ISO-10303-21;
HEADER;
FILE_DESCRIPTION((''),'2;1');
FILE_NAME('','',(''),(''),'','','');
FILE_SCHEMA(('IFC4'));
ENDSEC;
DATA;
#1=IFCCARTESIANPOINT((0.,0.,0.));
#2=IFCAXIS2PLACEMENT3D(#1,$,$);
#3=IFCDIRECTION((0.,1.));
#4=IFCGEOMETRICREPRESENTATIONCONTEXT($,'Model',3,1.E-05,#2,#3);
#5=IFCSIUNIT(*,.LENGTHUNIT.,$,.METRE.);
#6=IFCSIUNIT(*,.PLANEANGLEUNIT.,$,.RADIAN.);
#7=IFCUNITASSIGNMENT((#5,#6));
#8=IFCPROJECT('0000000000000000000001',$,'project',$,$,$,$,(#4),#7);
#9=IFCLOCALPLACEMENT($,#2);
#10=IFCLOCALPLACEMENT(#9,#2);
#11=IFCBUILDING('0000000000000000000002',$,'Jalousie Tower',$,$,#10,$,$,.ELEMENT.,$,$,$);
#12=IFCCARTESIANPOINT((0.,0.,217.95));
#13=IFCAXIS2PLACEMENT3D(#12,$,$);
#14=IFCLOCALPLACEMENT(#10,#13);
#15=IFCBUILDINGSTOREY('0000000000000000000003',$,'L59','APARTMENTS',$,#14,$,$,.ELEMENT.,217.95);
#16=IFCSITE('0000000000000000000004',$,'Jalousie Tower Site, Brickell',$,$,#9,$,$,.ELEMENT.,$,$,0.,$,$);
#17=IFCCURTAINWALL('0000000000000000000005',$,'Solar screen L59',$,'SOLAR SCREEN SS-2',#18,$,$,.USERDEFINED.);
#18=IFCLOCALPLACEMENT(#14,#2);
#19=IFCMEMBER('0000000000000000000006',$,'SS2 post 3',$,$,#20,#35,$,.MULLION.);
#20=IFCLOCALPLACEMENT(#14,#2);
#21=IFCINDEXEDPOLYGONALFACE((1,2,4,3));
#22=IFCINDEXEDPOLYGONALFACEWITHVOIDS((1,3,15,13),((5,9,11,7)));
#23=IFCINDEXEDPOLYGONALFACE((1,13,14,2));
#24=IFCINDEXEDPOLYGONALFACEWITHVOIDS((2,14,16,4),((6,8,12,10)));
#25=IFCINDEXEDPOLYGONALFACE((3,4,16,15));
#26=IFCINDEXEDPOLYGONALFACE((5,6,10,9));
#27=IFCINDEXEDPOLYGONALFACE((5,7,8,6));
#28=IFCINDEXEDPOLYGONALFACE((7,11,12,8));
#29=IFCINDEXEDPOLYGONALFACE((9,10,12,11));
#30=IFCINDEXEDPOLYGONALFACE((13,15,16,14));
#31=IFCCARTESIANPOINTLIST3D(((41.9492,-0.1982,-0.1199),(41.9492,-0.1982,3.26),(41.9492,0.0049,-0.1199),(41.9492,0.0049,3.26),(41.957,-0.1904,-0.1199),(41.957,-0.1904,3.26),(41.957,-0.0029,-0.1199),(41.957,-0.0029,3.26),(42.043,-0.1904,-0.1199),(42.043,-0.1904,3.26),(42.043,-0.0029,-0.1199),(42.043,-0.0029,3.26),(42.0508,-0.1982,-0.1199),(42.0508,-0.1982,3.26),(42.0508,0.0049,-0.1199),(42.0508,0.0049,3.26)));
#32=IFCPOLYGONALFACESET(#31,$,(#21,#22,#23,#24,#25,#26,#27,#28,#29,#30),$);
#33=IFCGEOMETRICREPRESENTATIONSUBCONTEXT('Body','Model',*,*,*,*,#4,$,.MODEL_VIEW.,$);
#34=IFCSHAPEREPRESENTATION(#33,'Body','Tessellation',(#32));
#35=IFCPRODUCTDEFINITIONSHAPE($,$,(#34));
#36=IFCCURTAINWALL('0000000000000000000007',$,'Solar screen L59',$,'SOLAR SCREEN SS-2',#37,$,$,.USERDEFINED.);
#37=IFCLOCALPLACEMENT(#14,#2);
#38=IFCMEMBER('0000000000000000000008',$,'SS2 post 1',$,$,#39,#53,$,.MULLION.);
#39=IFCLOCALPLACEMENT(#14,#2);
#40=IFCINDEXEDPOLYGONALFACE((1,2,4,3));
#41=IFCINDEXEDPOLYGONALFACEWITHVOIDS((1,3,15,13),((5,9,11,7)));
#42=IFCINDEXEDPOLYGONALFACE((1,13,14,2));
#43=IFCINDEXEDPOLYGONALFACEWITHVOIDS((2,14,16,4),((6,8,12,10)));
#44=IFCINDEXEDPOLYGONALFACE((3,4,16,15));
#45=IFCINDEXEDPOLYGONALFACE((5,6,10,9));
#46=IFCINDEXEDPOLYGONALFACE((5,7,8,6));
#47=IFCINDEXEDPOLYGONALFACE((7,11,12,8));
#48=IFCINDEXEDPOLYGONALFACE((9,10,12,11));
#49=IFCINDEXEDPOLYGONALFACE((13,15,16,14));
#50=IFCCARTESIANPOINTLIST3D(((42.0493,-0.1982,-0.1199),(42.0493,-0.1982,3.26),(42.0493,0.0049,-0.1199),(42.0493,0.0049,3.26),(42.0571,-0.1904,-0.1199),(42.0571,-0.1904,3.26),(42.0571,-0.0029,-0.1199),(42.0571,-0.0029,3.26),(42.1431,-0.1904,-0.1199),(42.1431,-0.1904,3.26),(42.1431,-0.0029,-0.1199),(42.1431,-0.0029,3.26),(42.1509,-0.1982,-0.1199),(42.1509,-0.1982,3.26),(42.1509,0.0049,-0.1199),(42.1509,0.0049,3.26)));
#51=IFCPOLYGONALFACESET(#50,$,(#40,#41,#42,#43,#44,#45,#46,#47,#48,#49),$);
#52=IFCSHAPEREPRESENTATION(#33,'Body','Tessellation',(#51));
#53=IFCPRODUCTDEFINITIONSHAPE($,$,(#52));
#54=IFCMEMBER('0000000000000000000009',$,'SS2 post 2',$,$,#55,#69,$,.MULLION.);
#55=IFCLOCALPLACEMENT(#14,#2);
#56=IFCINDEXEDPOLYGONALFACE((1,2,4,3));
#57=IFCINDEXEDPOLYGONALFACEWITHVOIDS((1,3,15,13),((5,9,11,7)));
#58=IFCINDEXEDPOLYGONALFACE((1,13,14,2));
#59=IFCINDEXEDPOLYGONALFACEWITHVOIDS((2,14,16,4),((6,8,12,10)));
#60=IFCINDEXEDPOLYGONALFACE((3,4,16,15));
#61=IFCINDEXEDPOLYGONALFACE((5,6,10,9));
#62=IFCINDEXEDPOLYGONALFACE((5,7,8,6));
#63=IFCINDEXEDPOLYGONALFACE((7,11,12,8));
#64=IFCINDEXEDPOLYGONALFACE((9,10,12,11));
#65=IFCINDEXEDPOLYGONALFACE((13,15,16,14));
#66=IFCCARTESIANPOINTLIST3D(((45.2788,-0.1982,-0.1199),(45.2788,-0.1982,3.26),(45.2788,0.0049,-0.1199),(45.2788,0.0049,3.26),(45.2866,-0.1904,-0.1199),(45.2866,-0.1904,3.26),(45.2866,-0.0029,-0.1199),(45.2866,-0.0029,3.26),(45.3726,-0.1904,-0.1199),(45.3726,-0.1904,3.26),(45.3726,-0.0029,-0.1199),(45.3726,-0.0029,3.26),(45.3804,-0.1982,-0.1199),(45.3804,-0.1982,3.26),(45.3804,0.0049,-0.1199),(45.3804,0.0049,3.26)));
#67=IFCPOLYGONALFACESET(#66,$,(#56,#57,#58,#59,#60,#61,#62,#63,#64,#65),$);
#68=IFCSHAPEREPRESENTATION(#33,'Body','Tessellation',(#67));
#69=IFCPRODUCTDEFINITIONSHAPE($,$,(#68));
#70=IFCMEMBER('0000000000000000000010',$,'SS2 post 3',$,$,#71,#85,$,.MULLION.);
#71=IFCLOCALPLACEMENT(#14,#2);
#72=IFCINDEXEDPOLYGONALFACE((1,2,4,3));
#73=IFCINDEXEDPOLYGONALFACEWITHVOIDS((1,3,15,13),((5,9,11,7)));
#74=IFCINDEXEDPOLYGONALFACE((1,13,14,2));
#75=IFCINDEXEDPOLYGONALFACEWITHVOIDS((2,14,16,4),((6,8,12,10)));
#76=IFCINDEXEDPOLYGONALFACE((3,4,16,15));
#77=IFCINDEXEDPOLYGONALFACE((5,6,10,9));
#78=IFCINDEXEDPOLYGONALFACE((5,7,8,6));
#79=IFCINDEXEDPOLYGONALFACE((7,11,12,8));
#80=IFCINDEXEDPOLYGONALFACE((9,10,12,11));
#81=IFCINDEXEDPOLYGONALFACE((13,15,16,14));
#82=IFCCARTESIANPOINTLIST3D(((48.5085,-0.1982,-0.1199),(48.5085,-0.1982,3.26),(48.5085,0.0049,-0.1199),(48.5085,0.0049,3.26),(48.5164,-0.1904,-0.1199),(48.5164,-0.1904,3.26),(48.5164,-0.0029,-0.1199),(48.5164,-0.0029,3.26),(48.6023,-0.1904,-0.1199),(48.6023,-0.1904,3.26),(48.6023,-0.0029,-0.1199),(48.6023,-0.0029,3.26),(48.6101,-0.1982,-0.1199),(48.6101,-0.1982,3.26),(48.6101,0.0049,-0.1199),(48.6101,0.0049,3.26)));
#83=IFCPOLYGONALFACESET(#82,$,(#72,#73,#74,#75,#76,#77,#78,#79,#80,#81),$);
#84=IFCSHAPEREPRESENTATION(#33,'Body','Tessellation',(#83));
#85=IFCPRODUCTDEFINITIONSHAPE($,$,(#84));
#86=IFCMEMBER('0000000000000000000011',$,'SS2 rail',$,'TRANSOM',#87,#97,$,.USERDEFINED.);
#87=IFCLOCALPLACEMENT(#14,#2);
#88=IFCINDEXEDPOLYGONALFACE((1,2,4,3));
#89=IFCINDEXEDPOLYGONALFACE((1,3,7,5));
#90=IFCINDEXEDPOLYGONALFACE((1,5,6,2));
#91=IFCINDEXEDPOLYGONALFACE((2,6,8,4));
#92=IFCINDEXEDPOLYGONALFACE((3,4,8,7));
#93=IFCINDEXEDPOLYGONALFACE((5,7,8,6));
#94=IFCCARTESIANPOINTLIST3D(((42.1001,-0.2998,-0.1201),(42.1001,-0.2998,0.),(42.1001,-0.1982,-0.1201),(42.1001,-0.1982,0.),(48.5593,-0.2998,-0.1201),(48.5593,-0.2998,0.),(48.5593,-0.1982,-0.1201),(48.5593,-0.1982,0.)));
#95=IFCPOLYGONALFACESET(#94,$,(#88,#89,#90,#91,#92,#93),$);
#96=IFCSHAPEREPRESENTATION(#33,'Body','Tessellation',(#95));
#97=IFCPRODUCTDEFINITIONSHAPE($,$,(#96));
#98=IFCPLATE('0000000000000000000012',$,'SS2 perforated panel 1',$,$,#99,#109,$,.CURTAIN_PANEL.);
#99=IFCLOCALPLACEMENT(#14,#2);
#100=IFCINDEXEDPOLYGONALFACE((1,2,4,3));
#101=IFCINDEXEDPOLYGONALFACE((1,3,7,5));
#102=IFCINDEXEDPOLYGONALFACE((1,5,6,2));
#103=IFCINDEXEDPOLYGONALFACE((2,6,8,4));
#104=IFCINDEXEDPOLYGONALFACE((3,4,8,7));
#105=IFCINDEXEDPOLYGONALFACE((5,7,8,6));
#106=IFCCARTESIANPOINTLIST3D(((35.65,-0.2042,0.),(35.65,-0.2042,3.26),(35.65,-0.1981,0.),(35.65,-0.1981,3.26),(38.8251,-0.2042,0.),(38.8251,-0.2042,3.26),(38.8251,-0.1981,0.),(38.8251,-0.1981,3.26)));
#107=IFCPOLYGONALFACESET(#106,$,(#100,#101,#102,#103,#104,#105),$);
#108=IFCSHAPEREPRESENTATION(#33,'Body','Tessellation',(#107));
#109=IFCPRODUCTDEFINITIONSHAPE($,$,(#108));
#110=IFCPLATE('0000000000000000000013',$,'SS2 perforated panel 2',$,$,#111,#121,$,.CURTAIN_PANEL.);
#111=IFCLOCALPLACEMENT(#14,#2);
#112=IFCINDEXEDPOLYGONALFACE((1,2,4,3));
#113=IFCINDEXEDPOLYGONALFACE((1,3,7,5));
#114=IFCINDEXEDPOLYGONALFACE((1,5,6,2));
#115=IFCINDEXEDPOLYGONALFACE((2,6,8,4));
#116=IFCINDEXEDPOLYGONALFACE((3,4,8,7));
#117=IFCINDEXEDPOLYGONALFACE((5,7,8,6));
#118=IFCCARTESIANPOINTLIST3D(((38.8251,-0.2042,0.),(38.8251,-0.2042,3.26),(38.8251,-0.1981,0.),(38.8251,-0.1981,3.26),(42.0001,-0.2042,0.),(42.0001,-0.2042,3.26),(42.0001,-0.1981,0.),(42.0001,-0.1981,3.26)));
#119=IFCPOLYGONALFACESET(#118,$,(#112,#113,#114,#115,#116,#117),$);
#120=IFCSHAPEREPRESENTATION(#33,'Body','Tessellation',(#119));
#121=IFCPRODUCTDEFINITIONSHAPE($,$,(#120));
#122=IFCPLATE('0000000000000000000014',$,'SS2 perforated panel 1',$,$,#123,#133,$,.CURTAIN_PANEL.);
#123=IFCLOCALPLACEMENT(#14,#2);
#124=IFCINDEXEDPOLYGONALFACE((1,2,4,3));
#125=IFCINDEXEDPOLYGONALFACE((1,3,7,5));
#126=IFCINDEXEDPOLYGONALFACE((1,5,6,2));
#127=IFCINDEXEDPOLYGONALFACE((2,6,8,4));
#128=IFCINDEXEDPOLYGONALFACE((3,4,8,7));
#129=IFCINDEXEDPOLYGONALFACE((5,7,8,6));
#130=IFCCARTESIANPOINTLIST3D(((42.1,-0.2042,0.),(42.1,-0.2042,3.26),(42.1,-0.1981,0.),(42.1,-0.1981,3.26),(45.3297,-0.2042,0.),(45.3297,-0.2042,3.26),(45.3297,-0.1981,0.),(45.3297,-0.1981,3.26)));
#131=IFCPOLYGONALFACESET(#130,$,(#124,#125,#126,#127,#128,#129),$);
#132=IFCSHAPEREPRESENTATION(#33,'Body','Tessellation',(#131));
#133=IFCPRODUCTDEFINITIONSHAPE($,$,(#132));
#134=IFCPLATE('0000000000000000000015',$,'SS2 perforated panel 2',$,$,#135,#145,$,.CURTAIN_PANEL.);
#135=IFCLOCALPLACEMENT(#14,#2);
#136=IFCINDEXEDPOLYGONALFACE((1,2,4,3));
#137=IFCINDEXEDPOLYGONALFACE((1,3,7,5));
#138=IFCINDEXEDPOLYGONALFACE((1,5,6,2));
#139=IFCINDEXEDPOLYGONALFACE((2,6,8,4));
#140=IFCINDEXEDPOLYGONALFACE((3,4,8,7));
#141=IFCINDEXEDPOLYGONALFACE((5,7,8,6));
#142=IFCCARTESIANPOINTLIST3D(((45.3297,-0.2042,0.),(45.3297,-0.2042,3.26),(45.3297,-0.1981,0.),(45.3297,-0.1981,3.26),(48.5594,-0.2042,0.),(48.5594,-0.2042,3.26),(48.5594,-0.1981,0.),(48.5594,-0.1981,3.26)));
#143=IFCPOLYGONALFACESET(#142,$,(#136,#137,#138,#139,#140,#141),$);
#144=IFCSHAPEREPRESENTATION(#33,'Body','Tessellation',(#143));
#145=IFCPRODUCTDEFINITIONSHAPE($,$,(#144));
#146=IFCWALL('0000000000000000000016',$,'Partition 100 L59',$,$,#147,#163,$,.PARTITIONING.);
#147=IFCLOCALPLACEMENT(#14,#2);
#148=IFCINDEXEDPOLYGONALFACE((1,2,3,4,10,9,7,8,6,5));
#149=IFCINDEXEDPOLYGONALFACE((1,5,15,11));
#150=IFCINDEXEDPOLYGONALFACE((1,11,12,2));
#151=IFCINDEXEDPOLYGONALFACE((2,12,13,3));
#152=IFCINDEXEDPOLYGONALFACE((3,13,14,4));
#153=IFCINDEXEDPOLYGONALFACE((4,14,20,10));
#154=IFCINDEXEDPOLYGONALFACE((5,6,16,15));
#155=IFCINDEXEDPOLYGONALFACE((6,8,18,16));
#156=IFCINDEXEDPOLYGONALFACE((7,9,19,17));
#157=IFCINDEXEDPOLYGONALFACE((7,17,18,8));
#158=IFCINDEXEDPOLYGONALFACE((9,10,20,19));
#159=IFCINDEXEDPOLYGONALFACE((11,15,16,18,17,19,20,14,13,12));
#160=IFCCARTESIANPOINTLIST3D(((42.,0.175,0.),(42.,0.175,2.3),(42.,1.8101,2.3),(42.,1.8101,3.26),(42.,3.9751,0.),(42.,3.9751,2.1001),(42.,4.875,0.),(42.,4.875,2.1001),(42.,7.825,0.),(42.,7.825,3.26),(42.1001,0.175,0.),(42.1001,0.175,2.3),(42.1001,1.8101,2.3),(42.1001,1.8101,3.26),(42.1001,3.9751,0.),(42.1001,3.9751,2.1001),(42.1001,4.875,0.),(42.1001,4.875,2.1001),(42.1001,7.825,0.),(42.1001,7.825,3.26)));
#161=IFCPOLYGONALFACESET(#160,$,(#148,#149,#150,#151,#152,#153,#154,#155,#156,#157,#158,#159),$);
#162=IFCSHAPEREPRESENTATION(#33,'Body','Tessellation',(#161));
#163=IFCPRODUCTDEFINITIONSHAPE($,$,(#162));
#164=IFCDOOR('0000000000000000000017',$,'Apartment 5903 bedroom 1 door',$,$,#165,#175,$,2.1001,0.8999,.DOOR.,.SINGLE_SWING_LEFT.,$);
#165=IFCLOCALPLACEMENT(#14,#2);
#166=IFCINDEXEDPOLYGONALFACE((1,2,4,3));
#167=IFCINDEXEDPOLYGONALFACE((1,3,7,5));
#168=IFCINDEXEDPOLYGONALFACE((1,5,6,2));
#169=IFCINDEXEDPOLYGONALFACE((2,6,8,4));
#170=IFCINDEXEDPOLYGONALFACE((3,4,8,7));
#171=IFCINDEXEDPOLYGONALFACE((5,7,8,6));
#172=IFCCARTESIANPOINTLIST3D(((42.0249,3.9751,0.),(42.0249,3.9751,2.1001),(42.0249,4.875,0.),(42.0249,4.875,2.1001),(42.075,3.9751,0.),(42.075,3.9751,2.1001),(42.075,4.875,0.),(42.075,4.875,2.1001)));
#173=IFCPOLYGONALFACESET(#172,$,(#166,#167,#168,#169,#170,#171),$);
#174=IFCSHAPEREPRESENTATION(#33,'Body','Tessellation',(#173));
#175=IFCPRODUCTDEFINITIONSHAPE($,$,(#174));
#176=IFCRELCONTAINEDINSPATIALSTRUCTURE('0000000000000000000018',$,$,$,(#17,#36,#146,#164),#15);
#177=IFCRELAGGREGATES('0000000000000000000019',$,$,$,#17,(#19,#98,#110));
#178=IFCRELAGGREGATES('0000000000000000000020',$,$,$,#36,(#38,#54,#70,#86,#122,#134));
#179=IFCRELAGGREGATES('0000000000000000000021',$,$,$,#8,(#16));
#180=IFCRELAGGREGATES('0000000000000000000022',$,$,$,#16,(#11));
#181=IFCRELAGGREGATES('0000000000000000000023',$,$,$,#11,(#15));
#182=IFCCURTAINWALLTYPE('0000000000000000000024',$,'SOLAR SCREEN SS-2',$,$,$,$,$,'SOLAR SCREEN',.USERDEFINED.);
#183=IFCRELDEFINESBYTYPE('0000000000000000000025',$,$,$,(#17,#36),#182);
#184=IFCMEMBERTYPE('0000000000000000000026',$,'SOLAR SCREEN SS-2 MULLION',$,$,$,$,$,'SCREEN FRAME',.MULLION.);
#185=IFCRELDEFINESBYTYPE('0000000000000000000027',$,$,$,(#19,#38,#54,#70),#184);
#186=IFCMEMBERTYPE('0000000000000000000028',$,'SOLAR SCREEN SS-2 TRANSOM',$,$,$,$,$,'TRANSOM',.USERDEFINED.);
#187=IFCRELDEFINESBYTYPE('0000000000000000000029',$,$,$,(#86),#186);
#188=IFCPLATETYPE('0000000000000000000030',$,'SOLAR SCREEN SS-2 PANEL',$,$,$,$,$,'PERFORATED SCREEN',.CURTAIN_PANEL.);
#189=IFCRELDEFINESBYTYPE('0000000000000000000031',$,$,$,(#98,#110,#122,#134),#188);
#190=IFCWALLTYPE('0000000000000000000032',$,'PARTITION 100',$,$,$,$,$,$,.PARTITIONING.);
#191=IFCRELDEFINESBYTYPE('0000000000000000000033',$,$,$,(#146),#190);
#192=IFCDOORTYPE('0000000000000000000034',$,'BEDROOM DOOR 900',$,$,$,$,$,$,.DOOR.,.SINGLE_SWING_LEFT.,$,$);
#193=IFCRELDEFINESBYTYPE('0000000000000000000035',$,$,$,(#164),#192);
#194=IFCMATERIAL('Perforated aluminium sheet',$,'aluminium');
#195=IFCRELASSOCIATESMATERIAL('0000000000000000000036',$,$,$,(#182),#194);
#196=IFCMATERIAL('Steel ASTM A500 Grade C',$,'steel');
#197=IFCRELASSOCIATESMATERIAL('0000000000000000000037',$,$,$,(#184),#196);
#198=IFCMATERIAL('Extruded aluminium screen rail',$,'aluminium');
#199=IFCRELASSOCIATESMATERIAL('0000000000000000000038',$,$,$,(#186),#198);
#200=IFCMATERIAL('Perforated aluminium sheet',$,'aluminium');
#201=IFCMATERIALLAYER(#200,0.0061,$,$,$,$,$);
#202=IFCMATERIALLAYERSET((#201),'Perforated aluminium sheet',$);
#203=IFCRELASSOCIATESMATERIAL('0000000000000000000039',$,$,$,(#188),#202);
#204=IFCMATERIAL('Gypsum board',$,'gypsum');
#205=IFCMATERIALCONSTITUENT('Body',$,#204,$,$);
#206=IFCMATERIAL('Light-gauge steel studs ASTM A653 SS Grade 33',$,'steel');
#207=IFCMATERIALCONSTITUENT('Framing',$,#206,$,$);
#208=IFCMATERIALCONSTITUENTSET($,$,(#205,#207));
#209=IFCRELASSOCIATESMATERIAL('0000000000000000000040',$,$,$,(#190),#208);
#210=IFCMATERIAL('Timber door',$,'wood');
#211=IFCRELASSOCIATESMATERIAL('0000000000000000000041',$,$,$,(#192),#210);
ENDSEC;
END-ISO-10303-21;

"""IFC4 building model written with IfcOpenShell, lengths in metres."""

from ifc_helpers import new_model, si_unit, direction, frame, frame_2d, origin, origin_2d, place, context, subcontext, project, spatial, polyline, rectangle, hollow_rectangle, outline, extrude, material, layer, layer_set, constituent, constituent_set, material_profile, profile_set, type_object, element, fill, aggregate, save


model = new_model("IFC4")

# Units and contexts
model_context = context("Model", 3, precision=1e-05, world=origin(), true_north=direction((0.0, 1.0)))
body_context = subcontext(model_context, "Body", "Model", "MODEL_VIEW")
ifc_project = project(units=[si_unit("LENGTHUNIT", "METRE"), si_unit("PLANEANGLEUNIT", "RADIAN")], contexts=[model_context])

# Site, building, storey
site_placement = place(None, origin())
site = spatial("IfcSite", under=ifc_project, at=site_placement, Name="Jalousie Tower Site, Brickell", CompositionType="ELEMENT", RefElevation=0.0)
building_placement = place(site_placement, origin())
building = spatial("IfcBuilding", under=site, at=building_placement, Name="Jalousie Tower", CompositionType="ELEMENT")
storey_placement = place(building_placement, frame((0.0, 0.0, 217.95)))
storey = spatial("IfcBuildingStorey", under=building, at=storey_placement, Name="L59", Description="APARTMENTS", CompositionType="ELEMENT", Elevation=217.95)

# Curtain walls, members
ifc_material_1 = material(Name="Perforated aluminium sheet", Category="aluminium")
curtain_wall_type = type_object("IfcCurtainWallType", Name="SOLAR SCREEN SS-2", ElementType="SOLAR SCREEN", PredefinedType="USERDEFINED", material=ifc_material_1)
curtain_wall_1_placement = place(storey_placement, origin())
curtain_wall_1 = element("IfcCurtainWall", 1, at=curtain_wall_1_placement, inside=storey, type_object=curtain_wall_type, Name="Solar screen L59", ObjectType="SOLAR SCREEN SS-2", PredefinedType="USERDEFINED")
ifc_material_2 = material(Name="Steel ASTM A500 Grade C", Category="steel")
ifc_material_profile_1 = material_profile(ifc_material_2, hollow_rectangle(XDim=0.1016, YDim=0.2031, WallThickness=0.0078, at=origin_2d()), Name="HSS8X4X5/16")
ifc_profile_set_1 = profile_set([ifc_material_profile_1], Name="Steel ASTM A500 Grade C")
member_type_1 = type_object("IfcMemberType", Name="SOLAR SCREEN SS-2 MULLION", ElementType="SCREEN FRAME", PredefinedType="MULLION", material=ifc_profile_set_1)
member_1_placement = place(storey_placement, frame((42.0, -0.0967, -0.1199), z_axis=(0.0, 0.0, 1.0), x_axis=(1.0, 0.0, 0.0)))
member_1 = element("IfcMember", 2, at=member_1_placement, type_object=member_type_1, Name="SS2 post 3", PredefinedType="MULLION", context=body_context, shape_type="SweptSolid", body=[
    extrude(hollow_rectangle(XDim=0.1016, YDim=0.2031, WallThickness=0.0078, at=origin_2d()), origin(), (0.0, 0.0, 1.0), 3.3799),
])
curtain_wall_2_placement = place(storey_placement, origin())
curtain_wall_2 = element("IfcCurtainWall", 3, at=curtain_wall_2_placement, inside=storey, type_object=curtain_wall_type, Name="Solar screen L59", ObjectType="SOLAR SCREEN SS-2", PredefinedType="USERDEFINED")
member_2_placement = place(storey_placement, frame((42.1001, -0.0967, -0.1199), z_axis=(0.0, 0.0, 1.0), x_axis=(1.0, 0.0, 0.0)))
member_2 = element("IfcMember", 4, at=member_2_placement, type_object=member_type_1, Name="SS2 post 1", PredefinedType="MULLION", context=body_context, shape_type="SweptSolid", body=[
    extrude(hollow_rectangle(XDim=0.1016, YDim=0.2031, WallThickness=0.0078, at=origin_2d()), origin(), (0.0, 0.0, 1.0), 3.3799),
])
member_3_placement = place(storey_placement, frame((45.3296, -0.0967, -0.1199), z_axis=(0.0, 0.0, 1.0), x_axis=(1.0, 0.0, 0.0)))
member_3 = element("IfcMember", 5, at=member_3_placement, type_object=member_type_1, Name="SS2 post 2", PredefinedType="MULLION", context=body_context, shape_type="SweptSolid", body=[
    extrude(hollow_rectangle(XDim=0.1016, YDim=0.2031, WallThickness=0.0078, at=origin_2d()), origin(), (0.0, 0.0, 1.0), 3.3799),
])
member_4_placement = place(storey_placement, frame((48.5593, -0.0967, -0.1199), z_axis=(0.0, 0.0, 1.0), x_axis=(1.0, 0.0, 0.0)))
member_4 = element("IfcMember", 6, at=member_4_placement, type_object=member_type_1, Name="SS2 post 3", PredefinedType="MULLION", context=body_context, shape_type="SweptSolid", body=[
    extrude(hollow_rectangle(XDim=0.1016, YDim=0.2031, WallThickness=0.0078, at=origin_2d()), origin(), (0.0, 0.0, 1.0), 3.3799),
])
ifc_material_3 = material(Name="Extruded aluminium screen rail", Category="aluminium")
ifc_material_profile_2 = material_profile(ifc_material_3, rectangle(XDim=0.1016, YDim=0.1201, at=origin_2d()), Name="RAIL 102x120")
ifc_profile_set_2 = profile_set([ifc_material_profile_2], Name="Extruded aluminium screen rail")
member_type_2 = type_object("IfcMemberType", Name="SOLAR SCREEN SS-2 TRANSOM", ElementType="TRANSOM", PredefinedType="USERDEFINED", material=ifc_profile_set_2)
member_5_placement = place(storey_placement, frame((42.1001, -0.249, -0.0601), z_axis=(1.0, 0.0, 0.0), x_axis=(0.0, 1.0, 0.0)))
member_5 = element("IfcMember", 7, at=member_5_placement, type_object=member_type_2, Name="SS2 rail", ObjectType="TRANSOM", PredefinedType="USERDEFINED", context=body_context, shape_type="SweptSolid", body=[
    extrude(rectangle(XDim=0.1016, YDim=0.1201, at=origin_2d()), origin(), (0.0, 0.0, 1.0), 6.4592),
])

# Plates
ifc_material_4 = material(Name="Perforated aluminium sheet", Category="aluminium")
ifc_layer = layer(ifc_material_4, 0.0061)
ifc_layer_set = layer_set([ifc_layer], Name="Perforated aluminium sheet")
plate_type = type_object("IfcPlateType", Name="SOLAR SCREEN SS-2 PANEL", ElementType="PERFORATED SCREEN", PredefinedType="CURTAIN_PANEL", material=ifc_layer_set)
plate_1_placement = place(storey_placement, frame((37.2375, -0.2012, 0.0), z_axis=(0.0, 0.0, 1.0), x_axis=(1.0, 0.0, 0.0)))
plate_1 = element("IfcPlate", 8, at=plate_1_placement, type_object=plate_type, Name="SS2 perforated panel 1", PredefinedType="CURTAIN_PANEL", context=body_context, shape_type="SweptSolid", body=[
    extrude(rectangle(XDim=3.175, YDim=0.0061, at=origin_2d()), origin(), (0.0, 0.0, 1.0), 3.26),
])
plate_2_placement = place(storey_placement, frame((40.4126, -0.2012, 0.0), z_axis=(0.0, 0.0, 1.0), x_axis=(1.0, 0.0, 0.0)))
plate_2 = element("IfcPlate", 9, at=plate_2_placement, type_object=plate_type, Name="SS2 perforated panel 2", PredefinedType="CURTAIN_PANEL", context=body_context, shape_type="SweptSolid", body=[
    extrude(rectangle(XDim=3.175, YDim=0.0061, at=origin_2d()), origin(), (0.0, 0.0, 1.0), 3.26),
])
aggregate(curtain_wall_1, [member_1, plate_1, plate_2])
plate_3_placement = place(storey_placement, frame((43.7148, -0.2012, 0.0), z_axis=(0.0, 0.0, 1.0), x_axis=(1.0, 0.0, 0.0)))
plate_3 = element("IfcPlate", 10, at=plate_3_placement, type_object=plate_type, Name="SS2 perforated panel 1", PredefinedType="CURTAIN_PANEL", context=body_context, shape_type="SweptSolid", body=[
    extrude(rectangle(XDim=3.2297, YDim=0.0061, at=origin_2d()), origin(), (0.0, 0.0, 1.0), 3.26),
])
plate_4_placement = place(storey_placement, frame((46.9446, -0.2012, 0.0), z_axis=(0.0, 0.0, 1.0), x_axis=(1.0, 0.0, 0.0)))
plate_4 = element("IfcPlate", 11, at=plate_4_placement, type_object=plate_type, Name="SS2 perforated panel 2", PredefinedType="CURTAIN_PANEL", context=body_context, shape_type="SweptSolid", body=[
    extrude(rectangle(XDim=3.2297, YDim=0.0061, at=origin_2d()), origin(), (0.0, 0.0, 1.0), 3.26),
])
aggregate(curtain_wall_2, [member_2, member_3, member_4, member_5, plate_3, plate_4])

# Wall, opening, door
ifc_material_5 = material(Name="Gypsum board", Category="gypsum")
ifc_constituent_1 = constituent(ifc_material_5, Name="Body")
ifc_material_6 = material(Name="Light-gauge steel studs ASTM A653 SS Grade 33", Category="steel")
ifc_constituent_2 = constituent(ifc_material_6, Name="Framing")
ifc_constituent_set_1 = constituent_set(constituents=[ifc_constituent_1, ifc_constituent_2])
wall_type_1 = type_object("IfcWallType", Name="PARTITION 100", PredefinedType="PARTITIONING", material=ifc_constituent_set_1)
wall_1_placement = place(storey_placement, frame((42.05, 0.175, 0.0), z_axis=(0.0, 0.0, 1.0), x_axis=(0.0, 1.0, 0.0)))
wall_1 = element("IfcWall", 12, at=wall_1_placement, inside=storey, type_object=wall_type_1, Name="Partition 100 L59", PredefinedType="PARTITIONING", context=body_context, shape_type="SweptSolid", body=[
    extrude(outline(polyline([(0.0, 0.0), (7.6499, 0.0), (7.6499, 3.26), (1.635, 3.26), (1.635, 2.3), (0.0, 2.3), (0.0, 3.26), (0.0, 0.0)])), frame((0.0, 0.05, 0.0), z_axis=(0.0, -1.0, 0.0), x_axis=(1.0, 0.0, 0.0)), (0.0, 0.0, 1.0), 0.1001),
])
opening_1_placement = place(wall_1_placement, frame((3.8, 0.0, 0.0)))
opening_1 = element("IfcOpeningElement", 13, at=opening_1_placement, cuts=wall_1, PredefinedType="OPENING", context=body_context, shape_type="SweptSolid", body=[
    extrude(rectangle(XDim=0.8999, YDim=2.1001, at=frame_2d((0.45, 1.05))), frame((0.0, 0.0601, 0.0), z_axis=(0.0, -1.0, 0.0), x_axis=(1.0, 0.0, 0.0)), (0.0, 0.0, 1.0), 0.1201),
])
ifc_material_7 = material(Name="Timber door", Category="wood")
door_type = type_object("IfcDoorType", Name="BEDROOM DOOR 900", OperationType="SINGLE_SWING_LEFT", PredefinedType="DOOR", material=ifc_material_7)
door_1_placement = place(opening_1_placement, frame((0.8999, 0.0, 0.0), z_axis=(0.0, 0.0, 1.0), x_axis=(-1.0, 0.0, 0.0)))
door_1 = element("IfcDoor", 14, at=door_1_placement, inside=storey, type_object=door_type, Name="Apartment 5903 bedroom 1 door", OperationType="SINGLE_SWING_LEFT", OverallHeight=2.1001, OverallWidth=0.8999, PredefinedType="DOOR", context=body_context, shape_type="SweptSolid", body=[
    extrude(rectangle(XDim=0.8999, YDim=2.1001, at=frame_2d((0.45, 1.05))), frame((0.0, 0.0249, 0.0), z_axis=(0.0, -1.0, 0.0), x_axis=(1.0, 0.0, 0.0)), (0.0, 0.0, 1.0), 0.05),
])
fill(opening_1, door_1)

save(model, "model.ifc")
